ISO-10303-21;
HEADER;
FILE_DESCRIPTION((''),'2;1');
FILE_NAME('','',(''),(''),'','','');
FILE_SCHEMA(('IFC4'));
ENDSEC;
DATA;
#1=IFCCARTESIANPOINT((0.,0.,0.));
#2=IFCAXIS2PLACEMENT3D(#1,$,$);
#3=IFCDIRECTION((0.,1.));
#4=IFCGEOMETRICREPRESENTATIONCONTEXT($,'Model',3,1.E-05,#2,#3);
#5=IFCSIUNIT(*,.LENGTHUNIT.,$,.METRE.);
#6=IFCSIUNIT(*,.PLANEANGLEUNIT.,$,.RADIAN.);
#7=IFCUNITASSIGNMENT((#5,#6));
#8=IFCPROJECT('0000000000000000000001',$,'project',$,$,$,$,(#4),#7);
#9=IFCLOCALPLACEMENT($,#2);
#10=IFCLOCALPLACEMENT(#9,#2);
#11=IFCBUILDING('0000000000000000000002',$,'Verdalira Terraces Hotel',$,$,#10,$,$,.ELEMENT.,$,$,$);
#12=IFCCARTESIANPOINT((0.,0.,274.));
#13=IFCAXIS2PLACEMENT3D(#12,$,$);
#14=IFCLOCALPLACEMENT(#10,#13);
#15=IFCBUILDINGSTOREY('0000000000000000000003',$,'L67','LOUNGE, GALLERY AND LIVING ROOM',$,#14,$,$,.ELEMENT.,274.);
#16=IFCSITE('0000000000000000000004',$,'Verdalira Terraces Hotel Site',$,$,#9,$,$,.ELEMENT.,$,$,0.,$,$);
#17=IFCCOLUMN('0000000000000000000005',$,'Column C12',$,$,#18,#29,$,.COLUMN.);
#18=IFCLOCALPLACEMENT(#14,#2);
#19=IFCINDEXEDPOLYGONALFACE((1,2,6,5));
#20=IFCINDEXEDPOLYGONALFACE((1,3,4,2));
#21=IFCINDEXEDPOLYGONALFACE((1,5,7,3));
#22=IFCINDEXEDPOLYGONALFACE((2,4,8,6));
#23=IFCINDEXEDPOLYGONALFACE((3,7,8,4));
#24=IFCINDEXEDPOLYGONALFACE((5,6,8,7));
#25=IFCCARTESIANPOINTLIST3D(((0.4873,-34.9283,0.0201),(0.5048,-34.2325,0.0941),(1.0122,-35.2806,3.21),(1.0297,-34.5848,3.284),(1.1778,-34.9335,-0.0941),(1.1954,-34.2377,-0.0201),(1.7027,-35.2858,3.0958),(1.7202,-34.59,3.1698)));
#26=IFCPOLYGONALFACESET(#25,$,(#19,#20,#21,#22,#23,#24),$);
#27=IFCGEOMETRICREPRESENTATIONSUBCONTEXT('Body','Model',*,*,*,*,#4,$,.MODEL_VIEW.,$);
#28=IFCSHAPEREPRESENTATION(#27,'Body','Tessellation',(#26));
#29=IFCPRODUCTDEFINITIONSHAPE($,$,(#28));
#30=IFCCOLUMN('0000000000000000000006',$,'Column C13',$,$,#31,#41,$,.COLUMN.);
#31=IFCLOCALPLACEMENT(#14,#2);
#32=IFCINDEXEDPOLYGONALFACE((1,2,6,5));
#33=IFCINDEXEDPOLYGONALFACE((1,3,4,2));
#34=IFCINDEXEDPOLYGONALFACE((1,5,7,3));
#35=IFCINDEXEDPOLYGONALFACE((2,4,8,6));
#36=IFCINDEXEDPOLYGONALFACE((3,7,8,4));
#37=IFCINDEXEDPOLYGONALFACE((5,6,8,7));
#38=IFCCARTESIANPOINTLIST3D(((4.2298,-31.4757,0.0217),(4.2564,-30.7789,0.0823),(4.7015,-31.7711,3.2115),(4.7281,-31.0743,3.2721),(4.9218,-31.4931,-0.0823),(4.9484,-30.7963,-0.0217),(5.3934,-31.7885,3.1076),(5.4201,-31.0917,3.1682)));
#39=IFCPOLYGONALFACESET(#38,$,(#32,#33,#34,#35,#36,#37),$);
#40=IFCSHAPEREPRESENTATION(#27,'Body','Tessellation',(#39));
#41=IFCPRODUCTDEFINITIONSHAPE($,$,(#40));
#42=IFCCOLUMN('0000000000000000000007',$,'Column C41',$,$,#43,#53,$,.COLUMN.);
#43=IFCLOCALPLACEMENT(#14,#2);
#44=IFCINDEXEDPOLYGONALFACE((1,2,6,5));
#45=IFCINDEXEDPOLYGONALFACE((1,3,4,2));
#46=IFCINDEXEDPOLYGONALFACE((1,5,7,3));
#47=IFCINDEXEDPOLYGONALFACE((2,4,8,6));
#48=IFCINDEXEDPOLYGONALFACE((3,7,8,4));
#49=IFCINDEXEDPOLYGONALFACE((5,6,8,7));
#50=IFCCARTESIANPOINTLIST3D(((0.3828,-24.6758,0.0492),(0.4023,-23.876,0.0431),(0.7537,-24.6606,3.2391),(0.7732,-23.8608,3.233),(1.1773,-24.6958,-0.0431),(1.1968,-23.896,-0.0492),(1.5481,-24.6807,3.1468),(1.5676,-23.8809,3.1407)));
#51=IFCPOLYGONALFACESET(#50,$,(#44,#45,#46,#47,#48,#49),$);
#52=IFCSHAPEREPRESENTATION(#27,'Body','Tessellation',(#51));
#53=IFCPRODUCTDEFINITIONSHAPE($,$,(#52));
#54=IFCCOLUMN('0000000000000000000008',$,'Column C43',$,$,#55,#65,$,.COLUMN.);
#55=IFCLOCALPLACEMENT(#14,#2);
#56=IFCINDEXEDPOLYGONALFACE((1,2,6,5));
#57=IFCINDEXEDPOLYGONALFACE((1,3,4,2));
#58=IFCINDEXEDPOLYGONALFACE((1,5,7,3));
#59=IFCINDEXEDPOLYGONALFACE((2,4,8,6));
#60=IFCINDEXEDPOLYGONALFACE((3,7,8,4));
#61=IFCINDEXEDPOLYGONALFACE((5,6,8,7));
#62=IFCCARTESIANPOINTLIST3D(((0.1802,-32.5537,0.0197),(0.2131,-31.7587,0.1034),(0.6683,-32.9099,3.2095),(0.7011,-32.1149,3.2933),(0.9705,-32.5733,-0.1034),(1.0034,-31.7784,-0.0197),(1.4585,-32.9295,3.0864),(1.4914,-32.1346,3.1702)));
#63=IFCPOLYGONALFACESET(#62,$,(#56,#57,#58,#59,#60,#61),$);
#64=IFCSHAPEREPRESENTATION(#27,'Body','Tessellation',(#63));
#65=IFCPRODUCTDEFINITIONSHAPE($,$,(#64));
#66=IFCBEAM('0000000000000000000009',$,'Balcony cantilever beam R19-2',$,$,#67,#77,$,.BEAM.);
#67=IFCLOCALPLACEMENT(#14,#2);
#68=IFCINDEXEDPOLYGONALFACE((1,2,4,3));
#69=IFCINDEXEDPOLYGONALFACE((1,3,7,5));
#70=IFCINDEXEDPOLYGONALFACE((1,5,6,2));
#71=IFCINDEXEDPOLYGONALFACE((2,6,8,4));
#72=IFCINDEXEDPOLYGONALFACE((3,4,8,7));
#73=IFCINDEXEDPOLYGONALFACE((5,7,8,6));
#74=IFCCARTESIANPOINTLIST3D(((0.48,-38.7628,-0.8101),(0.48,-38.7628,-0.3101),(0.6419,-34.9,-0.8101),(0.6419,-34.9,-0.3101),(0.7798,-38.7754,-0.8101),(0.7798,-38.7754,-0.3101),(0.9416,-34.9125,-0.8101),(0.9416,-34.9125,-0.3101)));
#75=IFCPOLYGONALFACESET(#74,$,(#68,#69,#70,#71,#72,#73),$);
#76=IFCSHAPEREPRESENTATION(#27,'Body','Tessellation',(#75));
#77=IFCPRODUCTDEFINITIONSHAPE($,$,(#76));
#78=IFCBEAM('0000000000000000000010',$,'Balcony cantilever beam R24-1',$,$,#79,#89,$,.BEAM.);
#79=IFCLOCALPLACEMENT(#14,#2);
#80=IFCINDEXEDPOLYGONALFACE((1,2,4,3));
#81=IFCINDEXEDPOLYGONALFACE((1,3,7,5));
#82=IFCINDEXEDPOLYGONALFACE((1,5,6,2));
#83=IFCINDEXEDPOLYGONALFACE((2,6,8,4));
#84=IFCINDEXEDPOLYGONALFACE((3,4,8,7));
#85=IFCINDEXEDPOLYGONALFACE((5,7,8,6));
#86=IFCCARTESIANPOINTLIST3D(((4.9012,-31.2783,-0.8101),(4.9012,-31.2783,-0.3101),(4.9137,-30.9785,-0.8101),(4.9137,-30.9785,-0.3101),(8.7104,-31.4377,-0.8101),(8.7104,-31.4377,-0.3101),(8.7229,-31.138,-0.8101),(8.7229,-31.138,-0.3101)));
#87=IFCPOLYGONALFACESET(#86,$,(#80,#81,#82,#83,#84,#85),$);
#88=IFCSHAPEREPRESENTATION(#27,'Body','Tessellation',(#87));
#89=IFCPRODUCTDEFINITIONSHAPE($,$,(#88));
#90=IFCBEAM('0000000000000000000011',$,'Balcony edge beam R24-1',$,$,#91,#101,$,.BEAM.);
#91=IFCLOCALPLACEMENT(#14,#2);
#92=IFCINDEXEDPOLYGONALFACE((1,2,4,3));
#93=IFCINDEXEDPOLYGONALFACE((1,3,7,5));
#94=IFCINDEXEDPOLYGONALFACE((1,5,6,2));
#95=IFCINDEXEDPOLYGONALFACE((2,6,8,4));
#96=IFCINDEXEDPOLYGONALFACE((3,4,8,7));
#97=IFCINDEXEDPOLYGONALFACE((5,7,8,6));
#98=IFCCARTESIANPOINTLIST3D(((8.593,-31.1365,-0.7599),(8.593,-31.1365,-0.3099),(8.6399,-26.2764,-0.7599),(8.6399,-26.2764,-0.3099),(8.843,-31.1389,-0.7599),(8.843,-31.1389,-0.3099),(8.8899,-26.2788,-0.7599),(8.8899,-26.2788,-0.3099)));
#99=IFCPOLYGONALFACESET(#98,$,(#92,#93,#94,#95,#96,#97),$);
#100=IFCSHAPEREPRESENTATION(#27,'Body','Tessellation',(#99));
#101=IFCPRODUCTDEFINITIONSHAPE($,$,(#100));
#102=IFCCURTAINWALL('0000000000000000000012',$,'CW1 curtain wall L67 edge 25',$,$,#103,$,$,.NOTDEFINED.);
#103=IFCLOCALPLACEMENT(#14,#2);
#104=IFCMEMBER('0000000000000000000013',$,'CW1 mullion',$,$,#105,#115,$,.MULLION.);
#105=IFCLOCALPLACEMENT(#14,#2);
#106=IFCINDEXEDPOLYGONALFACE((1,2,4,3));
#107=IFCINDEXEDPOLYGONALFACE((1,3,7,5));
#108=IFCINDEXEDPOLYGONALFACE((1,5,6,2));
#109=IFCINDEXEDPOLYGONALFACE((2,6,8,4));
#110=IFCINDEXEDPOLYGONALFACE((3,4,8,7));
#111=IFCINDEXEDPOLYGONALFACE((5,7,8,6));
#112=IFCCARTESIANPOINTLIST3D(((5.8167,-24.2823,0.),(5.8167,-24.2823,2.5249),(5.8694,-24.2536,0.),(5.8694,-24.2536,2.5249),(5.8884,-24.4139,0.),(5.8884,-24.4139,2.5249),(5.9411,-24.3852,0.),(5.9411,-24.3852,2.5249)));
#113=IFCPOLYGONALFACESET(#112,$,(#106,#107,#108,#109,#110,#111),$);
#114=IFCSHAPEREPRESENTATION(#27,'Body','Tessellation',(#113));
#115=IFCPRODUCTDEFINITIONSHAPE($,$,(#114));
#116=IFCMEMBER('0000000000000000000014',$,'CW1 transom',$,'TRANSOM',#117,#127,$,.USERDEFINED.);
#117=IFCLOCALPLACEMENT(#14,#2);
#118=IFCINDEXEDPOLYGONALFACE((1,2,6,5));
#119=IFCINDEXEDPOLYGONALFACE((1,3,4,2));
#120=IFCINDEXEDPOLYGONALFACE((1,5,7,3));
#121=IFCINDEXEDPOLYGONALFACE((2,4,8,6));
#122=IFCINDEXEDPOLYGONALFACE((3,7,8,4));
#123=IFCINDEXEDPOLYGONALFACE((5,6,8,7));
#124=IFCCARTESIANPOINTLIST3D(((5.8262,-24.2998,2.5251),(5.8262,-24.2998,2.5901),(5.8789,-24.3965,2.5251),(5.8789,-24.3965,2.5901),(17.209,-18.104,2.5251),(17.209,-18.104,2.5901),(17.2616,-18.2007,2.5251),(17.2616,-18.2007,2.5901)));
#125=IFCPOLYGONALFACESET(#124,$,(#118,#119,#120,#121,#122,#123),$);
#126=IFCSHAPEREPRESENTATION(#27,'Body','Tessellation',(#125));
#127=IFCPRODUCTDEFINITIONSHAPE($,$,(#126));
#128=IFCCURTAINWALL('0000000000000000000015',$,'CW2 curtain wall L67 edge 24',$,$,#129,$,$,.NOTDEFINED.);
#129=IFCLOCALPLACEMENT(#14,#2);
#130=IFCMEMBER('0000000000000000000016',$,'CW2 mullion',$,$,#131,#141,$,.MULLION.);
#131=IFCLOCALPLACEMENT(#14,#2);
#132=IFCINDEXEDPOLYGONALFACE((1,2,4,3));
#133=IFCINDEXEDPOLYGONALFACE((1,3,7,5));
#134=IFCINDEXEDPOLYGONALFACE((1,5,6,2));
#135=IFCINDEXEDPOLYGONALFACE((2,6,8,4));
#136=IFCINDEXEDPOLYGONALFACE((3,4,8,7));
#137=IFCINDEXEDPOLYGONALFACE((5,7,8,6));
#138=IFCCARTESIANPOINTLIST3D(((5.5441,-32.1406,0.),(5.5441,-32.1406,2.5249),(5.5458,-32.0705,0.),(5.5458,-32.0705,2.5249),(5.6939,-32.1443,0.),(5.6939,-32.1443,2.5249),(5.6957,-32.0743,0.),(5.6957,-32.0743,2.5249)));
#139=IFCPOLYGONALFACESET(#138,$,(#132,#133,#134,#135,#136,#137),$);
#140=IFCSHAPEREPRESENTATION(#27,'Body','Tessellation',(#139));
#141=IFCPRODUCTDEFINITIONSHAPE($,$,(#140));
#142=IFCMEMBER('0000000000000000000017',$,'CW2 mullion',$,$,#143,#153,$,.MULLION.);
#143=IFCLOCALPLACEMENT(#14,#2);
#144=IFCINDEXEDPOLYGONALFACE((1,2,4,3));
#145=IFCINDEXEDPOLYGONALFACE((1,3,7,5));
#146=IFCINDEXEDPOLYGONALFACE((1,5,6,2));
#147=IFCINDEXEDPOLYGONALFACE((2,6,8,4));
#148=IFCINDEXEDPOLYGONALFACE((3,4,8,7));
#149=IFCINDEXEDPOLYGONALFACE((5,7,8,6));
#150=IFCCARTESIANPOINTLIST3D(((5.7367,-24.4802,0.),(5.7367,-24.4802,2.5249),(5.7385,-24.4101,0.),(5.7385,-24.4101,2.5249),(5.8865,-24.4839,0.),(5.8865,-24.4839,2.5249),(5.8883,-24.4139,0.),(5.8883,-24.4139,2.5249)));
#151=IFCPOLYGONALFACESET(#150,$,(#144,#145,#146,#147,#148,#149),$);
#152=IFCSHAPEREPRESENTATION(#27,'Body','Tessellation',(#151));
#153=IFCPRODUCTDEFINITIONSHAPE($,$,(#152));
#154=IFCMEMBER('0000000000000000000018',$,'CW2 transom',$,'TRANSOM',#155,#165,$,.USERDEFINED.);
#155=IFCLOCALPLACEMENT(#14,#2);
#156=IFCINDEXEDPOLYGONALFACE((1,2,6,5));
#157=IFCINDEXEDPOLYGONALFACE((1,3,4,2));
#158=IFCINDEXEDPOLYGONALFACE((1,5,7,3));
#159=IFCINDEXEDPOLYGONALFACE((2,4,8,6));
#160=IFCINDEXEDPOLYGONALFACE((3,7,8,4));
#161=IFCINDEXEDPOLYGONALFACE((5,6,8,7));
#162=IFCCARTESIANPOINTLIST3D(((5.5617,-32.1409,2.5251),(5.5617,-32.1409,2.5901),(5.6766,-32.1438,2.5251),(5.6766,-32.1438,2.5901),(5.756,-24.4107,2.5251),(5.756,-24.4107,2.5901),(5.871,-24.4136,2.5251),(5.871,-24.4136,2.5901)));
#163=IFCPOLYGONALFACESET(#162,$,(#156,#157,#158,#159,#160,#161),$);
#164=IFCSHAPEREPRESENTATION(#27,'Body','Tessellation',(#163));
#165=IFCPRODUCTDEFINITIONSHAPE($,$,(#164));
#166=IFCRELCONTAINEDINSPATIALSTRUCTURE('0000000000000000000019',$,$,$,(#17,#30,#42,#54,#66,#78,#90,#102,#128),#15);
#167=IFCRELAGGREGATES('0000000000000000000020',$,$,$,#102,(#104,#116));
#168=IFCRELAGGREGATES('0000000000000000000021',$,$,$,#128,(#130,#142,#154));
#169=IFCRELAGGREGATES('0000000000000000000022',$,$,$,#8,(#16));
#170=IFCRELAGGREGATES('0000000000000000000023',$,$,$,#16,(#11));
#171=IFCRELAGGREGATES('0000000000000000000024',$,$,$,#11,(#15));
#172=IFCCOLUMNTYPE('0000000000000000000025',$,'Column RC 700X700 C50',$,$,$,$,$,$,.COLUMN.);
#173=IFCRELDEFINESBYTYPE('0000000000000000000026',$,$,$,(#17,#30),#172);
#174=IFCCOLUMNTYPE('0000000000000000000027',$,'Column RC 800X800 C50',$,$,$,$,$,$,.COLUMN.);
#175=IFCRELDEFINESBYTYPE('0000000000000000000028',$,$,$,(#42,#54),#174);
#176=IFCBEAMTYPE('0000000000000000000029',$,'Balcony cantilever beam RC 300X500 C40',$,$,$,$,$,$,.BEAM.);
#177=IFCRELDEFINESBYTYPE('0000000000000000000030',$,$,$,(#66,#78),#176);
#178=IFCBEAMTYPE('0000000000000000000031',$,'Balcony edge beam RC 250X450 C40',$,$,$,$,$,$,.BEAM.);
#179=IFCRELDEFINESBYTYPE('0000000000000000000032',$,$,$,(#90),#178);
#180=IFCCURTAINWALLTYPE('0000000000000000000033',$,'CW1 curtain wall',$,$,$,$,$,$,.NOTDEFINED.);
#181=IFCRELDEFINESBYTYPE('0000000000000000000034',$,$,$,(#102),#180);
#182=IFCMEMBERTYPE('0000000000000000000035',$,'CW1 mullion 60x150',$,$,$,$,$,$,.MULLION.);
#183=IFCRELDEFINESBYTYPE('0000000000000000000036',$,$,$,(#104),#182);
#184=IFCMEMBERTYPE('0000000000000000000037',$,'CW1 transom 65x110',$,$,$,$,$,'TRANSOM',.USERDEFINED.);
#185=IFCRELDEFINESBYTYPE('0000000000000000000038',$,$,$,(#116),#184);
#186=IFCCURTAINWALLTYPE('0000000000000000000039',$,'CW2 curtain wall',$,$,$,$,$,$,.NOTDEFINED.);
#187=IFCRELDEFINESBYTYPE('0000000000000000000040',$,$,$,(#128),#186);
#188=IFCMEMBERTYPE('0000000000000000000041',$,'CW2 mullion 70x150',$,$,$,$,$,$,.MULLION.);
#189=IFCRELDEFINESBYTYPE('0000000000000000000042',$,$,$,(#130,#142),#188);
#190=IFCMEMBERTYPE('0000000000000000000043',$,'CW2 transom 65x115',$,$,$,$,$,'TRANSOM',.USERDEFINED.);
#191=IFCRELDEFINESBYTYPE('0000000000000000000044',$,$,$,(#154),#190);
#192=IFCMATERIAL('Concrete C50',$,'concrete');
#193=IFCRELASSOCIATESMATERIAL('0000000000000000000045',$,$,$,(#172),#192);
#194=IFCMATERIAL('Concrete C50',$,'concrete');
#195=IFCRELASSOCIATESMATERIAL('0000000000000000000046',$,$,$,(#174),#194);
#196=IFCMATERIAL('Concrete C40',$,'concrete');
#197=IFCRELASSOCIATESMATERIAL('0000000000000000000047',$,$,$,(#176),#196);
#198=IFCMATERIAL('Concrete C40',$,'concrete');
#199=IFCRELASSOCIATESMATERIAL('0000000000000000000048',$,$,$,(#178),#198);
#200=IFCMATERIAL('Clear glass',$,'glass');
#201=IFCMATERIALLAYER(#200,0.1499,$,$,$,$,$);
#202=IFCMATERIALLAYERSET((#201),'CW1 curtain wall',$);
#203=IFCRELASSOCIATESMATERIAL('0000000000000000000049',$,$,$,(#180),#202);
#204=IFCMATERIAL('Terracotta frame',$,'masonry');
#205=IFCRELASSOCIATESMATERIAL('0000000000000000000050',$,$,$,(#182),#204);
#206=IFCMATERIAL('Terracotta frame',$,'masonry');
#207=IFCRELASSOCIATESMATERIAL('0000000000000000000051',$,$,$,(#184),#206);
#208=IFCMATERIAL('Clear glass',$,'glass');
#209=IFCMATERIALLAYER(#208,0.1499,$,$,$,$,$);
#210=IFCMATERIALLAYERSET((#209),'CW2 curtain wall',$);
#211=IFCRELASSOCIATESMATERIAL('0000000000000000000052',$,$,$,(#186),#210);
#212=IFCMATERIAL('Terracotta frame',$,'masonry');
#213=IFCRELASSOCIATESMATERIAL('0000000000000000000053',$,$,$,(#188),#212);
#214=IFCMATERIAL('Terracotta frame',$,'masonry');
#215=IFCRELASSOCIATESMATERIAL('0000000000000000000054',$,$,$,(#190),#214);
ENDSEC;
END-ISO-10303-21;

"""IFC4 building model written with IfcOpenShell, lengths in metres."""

from ifc_helpers import new_model, si_unit, direction, frame, origin, origin_2d, place, context, subcontext, project, spatial, rectangle, extrude, material, layer, layer_set, material_profile, profile_set, type_object, element, aggregate, save


model = new_model("IFC4")

# Units and contexts
model_context = context("Model", 3, precision=1e-05, world=origin(), true_north=direction((0.0, 1.0)))
body_context = subcontext(model_context, "Body", "Model", "MODEL_VIEW")
ifc_project = project(units=[si_unit("LENGTHUNIT", "METRE"), si_unit("PLANEANGLEUNIT", "RADIAN")], contexts=[model_context])

# Site, building, storey
site_placement = place(None, origin())
site = spatial("IfcSite", under=ifc_project, at=site_placement, Name="Verdalira Terraces Hotel Site", CompositionType="ELEMENT", RefElevation=0.0)
building_placement = place(site_placement, origin())
building = spatial("IfcBuilding", under=site, at=building_placement, Name="Verdalira Terraces Hotel", CompositionType="ELEMENT")
storey_placement = place(building_placement, frame((0.0, 0.0, 274.0)))
storey = spatial("IfcBuildingStorey", under=building, at=storey_placement, Name="L67", Description="LOUNGE, GALLERY AND LIVING ROOM", CompositionType="ELEMENT", Elevation=274.0)

# Columns
ifc_material_1 = material(Name="Concrete C50", Category="concrete")
ifc_material_profile_1 = material_profile(ifc_material_1, rectangle(XDim=0.7, YDim=0.7, at=origin_2d()), Name="RC 700X700")
ifc_profile_set_1 = profile_set([ifc_material_profile_1], Name="Concrete C50")
column_type_1 = type_object("IfcColumnType", Name="Column RC 700X700 C50", PredefinedType="COLUMN", material=ifc_profile_set_1)
column_1_placement = place(storey_placement, frame((0.8413, -34.583, 0.0), z_axis=(0.16141, -0.108333, 0.980923), x_axis=(0.986569, -0.007516, -0.163169)))
element("IfcColumn", 1, at=column_1_placement, inside=storey, type_object=column_type_1, Name="Column C12", PredefinedType="COLUMN", context=body_context, shape_type="SweptSolid", body=[
    extrude(rectangle(XDim=0.7, YDim=0.7, at=origin_2d()), origin(), (0.0, 0.0, 1.0), 3.252),
])
column_2_placement = place(storey_placement, frame((4.5891, -31.136, 0.0), z_axis=(0.145664, -0.091229, 0.985119), x_axis=(0.038055, 0.995519, 0.086565)))
element("IfcColumn", 2, at=column_2_placement, inside=storey, type_object=column_type_1, Name="Column C13", PredefinedType="COLUMN", context=body_context, shape_type="SweptSolid", body=[
    extrude(rectangle(XDim=0.7, YDim=0.7, at=origin_2d()), origin(), (0.0, 0.0, 1.0), 3.238),
])
ifc_material_2 = material(Name="Concrete C50", Category="concrete")
ifc_material_profile_2 = material_profile(ifc_material_2, rectangle(XDim=0.8, YDim=0.8, at=origin_2d()), Name="RC 800X800")
ifc_profile_set_2 = profile_set([ifc_material_profile_2], Name="Concrete C50")
column_type_2 = type_object("IfcColumnType", Name="Column RC 800X800 C50", PredefinedType="COLUMN", material=ifc_profile_set_2)
column_3_placement = place(storey_placement, frame((0.7898, -24.2859, 0.0), z_axis=(0.115477, 0.004713, 0.993299), x_axis=(-0.024349, -0.999675, 0.007574)))
element("IfcColumn", 3, at=column_3_placement, inside=storey, type_object=column_type_2, Name="Column C41", PredefinedType="COLUMN", context=body_context, shape_type="SweptSolid", body=[
    extrude(rectangle(XDim=0.8, YDim=0.8, at=origin_2d()), origin(), (0.0, 0.0, 1.0), 3.2114),
])
column_4_placement = place(storey_placement, frame((0.5918, -32.166, 0.0), z_axis=(0.15032, -0.109713, 0.982531), x_axis=(-0.041053, -0.993659, -0.104675)))
element("IfcColumn", 4, at=column_4_placement, inside=storey, type_object=column_type_2, Name="Column C43", PredefinedType="COLUMN", context=body_context, shape_type="SweptSolid", body=[
    extrude(rectangle(XDim=0.8, YDim=0.8, at=origin_2d()), origin(), (0.0, 0.0, 1.0), 3.2466),
])

# Beams
ifc_material_3 = material(Name="Concrete C40", Category="concrete")
ifc_material_profile_3 = material_profile(ifc_material_3, rectangle(XDim=0.3, YDim=0.5, at=origin_2d()), Name="RC 300X500")
ifc_profile_set_3 = profile_set([ifc_material_profile_3], Name="Concrete C40")
beam_type_1 = type_object("IfcBeamType", Name="Balcony cantilever beam RC 300X500 C40", PredefinedType="BEAM", material=ifc_profile_set_3)
beam_1_placement = place(storey_placement, frame((0.7917, -34.9062, -0.5601), z_axis=(-0.041867, -0.999123, 0.0), x_axis=(0.999123, -0.041867, 0.0)))
element("IfcBeam", 5, at=beam_1_placement, inside=storey, type_object=beam_type_1, Name="Balcony cantilever beam R19-2", PredefinedType="BEAM", context=body_context, shape_type="SweptSolid", body=[
    extrude(rectangle(XDim=0.3, YDim=0.5, at=origin_2d()), origin(), (0.0, 0.0, 1.0), 3.8662),
])
beam_2_placement = place(storey_placement, frame((4.9075, -31.1284, -0.5601), z_axis=(0.999125, -0.041817, 0.0), x_axis=(0.041817, 0.999125, 0.0)))
element("IfcBeam", 6, at=beam_2_placement, inside=storey, type_object=beam_type_1, Name="Balcony cantilever beam R24-1", PredefinedType="BEAM", context=body_context, shape_type="SweptSolid", body=[
    extrude(rectangle(XDim=0.3, YDim=0.5, at=origin_2d()), origin(), (0.0, 0.0, 1.0), 3.8125),
])
ifc_material_4 = material(Name="Concrete C40", Category="concrete")
ifc_material_profile_4 = material_profile(ifc_material_4, rectangle(XDim=0.25, YDim=0.45, at=origin_2d()), Name="RC 250X450")
ifc_profile_set_4 = profile_set([ifc_material_profile_4], Name="Concrete C40")
beam_type_2 = type_object("IfcBeamType", Name="Balcony edge beam RC 250X450 C40", PredefinedType="BEAM", material=ifc_profile_set_4)
beam_3_placement = place(storey_placement, frame((8.718, -31.1377, -0.5349), z_axis=(0.009644, 0.999953, 0.0), x_axis=(-0.999953, 0.009644, 0.0)))
element("IfcBeam", 7, at=beam_3_placement, inside=storey, type_object=beam_type_2, Name="Balcony edge beam R24-1", PredefinedType="BEAM", context=body_context, shape_type="SweptSolid", body=[
    extrude(rectangle(XDim=0.25, YDim=0.45, at=origin_2d()), origin(), (0.0, 0.0, 1.0), 4.8604),
])

# Curtain walls, members
ifc_material_5 = material(Name="Clear glass", Category="glass")
ifc_layer_1 = layer(ifc_material_5, 0.1499)
ifc_layer_set_1 = layer_set([ifc_layer_1], Name="CW1 curtain wall")
curtain_wall_type_1 = type_object("IfcCurtainWallType", Name="CW1 curtain wall", PredefinedType="NOTDEFINED", material=ifc_layer_set_1)
curtain_wall_1_placement = place(storey_placement, origin())
curtain_wall_1 = element("IfcCurtainWall", 8, at=curtain_wall_1_placement, inside=storey, type_object=curtain_wall_type_1, Name="CW1 curtain wall L67 edge 25", PredefinedType="NOTDEFINED")
ifc_material_6 = material(Name="Terracotta frame", Category="masonry")
ifc_material_profile_5 = material_profile(ifc_material_6, rectangle(XDim=0.0601, YDim=0.1499, at=origin_2d()), Name="MU 60x150")
ifc_profile_set_5 = profile_set([ifc_material_profile_5], Name="Terracotta frame")
member_type_1 = type_object("IfcMemberType", Name="CW1 mullion 60x150", PredefinedType="MULLION", material=ifc_profile_set_5)
member_1_placement = place(storey_placement, frame((5.8789, -24.3337, 0.0), z_axis=(0.0, 0.0, 1.0), x_axis=(0.878317, 0.478079, 0.0)))
member_1 = element("IfcMember", 9, at=member_1_placement, type_object=member_type_1, Name="CW1 mullion", PredefinedType="MULLION", context=body_context, shape_type="SweptSolid", body=[
    extrude(rectangle(XDim=0.0601, YDim=0.1499, at=origin_2d()), origin(), (0.0, 0.0, 1.0), 2.5249),
])
ifc_material_7 = material(Name="Terracotta frame", Category="masonry")
ifc_material_profile_6 = material_profile(ifc_material_7, rectangle(XDim=0.1101, YDim=0.0649, at=origin_2d()), Name="TR 65x110")
ifc_profile_set_6 = profile_set([ifc_material_profile_6], Name="Terracotta frame")
member_type_2 = type_object("IfcMemberType", Name="CW1 transom 65x110", ElementType="TRANSOM", PredefinedType="USERDEFINED", material=ifc_profile_set_6)
member_2_placement = place(storey_placement, frame((5.8525, -24.3481, 2.5576), z_axis=(0.878317, 0.478078, 0.0), x_axis=(-0.478078, 0.878317, 0.0)))
member_2 = element("IfcMember", 10, at=member_2_placement, type_object=member_type_2, Name="CW1 transom", ObjectType="TRANSOM", PredefinedType="USERDEFINED", context=body_context, shape_type="SweptSolid", body=[
    extrude(rectangle(XDim=0.1101, YDim=0.0649, at=origin_2d()), origin(), (0.0, 0.0, 1.0), 12.9597),
])
ifc_material_8 = material(Name="Clear glass", Category="glass")
ifc_layer_2 = layer(ifc_material_8, 0.1499)
ifc_layer_set_2 = layer_set([ifc_layer_2], Name="CW2 curtain wall")
curtain_wall_type_2 = type_object("IfcCurtainWallType", Name="CW2 curtain wall", PredefinedType="NOTDEFINED", material=ifc_layer_set_2)
curtain_wall_2_placement = place(storey_placement, origin())
curtain_wall_2 = element("IfcCurtainWall", 11, at=curtain_wall_2_placement, inside=storey, type_object=curtain_wall_type_2, Name="CW2 curtain wall L67 edge 24", PredefinedType="NOTDEFINED")
ifc_material_9 = material(Name="Terracotta frame", Category="masonry")
ifc_material_profile_7 = material_profile(ifc_material_9, rectangle(XDim=0.0701, YDim=0.1499, at=origin_2d()), Name="MU 70x150")
ifc_profile_set_7 = profile_set([ifc_material_profile_7], Name="Terracotta frame")
member_type_3 = type_object("IfcMemberType", Name="CW2 mullion 70x150", PredefinedType="MULLION", material=ifc_profile_set_7)
member_3_placement = place(storey_placement, frame((5.6199, -32.1074, 0.0), z_axis=(0.0, 0.0, 1.0), x_axis=(0.02513, 0.999684, 0.0)))
member_3 = element("IfcMember", 12, at=member_3_placement, type_object=member_type_3, Name="CW2 mullion", PredefinedType="MULLION", context=body_context, shape_type="SweptSolid", body=[
    extrude(rectangle(XDim=0.0701, YDim=0.1499, at=origin_2d()), origin(), (0.0, 0.0, 1.0), 2.5249),
])
member_4_placement = place(storey_placement, frame((5.8125, -24.447, 0.0), z_axis=(0.0, 0.0, 1.0), x_axis=(0.02513, 0.999684, 0.0)))
member_4 = element("IfcMember", 13, at=member_4_placement, type_object=member_type_3, Name="CW2 mullion", PredefinedType="MULLION", context=body_context, shape_type="SweptSolid", body=[
    extrude(rectangle(XDim=0.0701, YDim=0.1499, at=origin_2d()), origin(), (0.0, 0.0, 1.0), 2.5249),
])
ifc_material_10 = material(Name="Terracotta frame", Category="masonry")
ifc_material_profile_8 = material_profile(ifc_material_10, rectangle(XDim=0.115, YDim=0.0649, at=origin_2d()), Name="TR 65x115")
ifc_profile_set_8 = profile_set([ifc_material_profile_8], Name="Terracotta frame")
member_type_4 = type_object("IfcMemberType", Name="CW2 transom 65x115", ElementType="TRANSOM", PredefinedType="USERDEFINED", material=ifc_profile_set_8)
member_5_placement = place(storey_placement, frame((5.6191, -32.1423, 2.5576), z_axis=(0.025132, 0.999684, 0.0), x_axis=(-0.999684, 0.025132, 0.0)))
member_5 = element("IfcMember", 14, at=member_5_placement, type_object=member_type_4, Name="CW2 transom", ObjectType="TRANSOM", PredefinedType="USERDEFINED", context=body_context, shape_type="SweptSolid", body=[
    extrude(rectangle(XDim=0.115, YDim=0.0649, at=origin_2d()), origin(), (0.0, 0.0, 1.0), 7.7327),
])

aggregate(curtain_wall_1, [member_1, member_2])

aggregate(curtain_wall_2, [member_3, member_4, member_5])

save(model, "model.ifc")
